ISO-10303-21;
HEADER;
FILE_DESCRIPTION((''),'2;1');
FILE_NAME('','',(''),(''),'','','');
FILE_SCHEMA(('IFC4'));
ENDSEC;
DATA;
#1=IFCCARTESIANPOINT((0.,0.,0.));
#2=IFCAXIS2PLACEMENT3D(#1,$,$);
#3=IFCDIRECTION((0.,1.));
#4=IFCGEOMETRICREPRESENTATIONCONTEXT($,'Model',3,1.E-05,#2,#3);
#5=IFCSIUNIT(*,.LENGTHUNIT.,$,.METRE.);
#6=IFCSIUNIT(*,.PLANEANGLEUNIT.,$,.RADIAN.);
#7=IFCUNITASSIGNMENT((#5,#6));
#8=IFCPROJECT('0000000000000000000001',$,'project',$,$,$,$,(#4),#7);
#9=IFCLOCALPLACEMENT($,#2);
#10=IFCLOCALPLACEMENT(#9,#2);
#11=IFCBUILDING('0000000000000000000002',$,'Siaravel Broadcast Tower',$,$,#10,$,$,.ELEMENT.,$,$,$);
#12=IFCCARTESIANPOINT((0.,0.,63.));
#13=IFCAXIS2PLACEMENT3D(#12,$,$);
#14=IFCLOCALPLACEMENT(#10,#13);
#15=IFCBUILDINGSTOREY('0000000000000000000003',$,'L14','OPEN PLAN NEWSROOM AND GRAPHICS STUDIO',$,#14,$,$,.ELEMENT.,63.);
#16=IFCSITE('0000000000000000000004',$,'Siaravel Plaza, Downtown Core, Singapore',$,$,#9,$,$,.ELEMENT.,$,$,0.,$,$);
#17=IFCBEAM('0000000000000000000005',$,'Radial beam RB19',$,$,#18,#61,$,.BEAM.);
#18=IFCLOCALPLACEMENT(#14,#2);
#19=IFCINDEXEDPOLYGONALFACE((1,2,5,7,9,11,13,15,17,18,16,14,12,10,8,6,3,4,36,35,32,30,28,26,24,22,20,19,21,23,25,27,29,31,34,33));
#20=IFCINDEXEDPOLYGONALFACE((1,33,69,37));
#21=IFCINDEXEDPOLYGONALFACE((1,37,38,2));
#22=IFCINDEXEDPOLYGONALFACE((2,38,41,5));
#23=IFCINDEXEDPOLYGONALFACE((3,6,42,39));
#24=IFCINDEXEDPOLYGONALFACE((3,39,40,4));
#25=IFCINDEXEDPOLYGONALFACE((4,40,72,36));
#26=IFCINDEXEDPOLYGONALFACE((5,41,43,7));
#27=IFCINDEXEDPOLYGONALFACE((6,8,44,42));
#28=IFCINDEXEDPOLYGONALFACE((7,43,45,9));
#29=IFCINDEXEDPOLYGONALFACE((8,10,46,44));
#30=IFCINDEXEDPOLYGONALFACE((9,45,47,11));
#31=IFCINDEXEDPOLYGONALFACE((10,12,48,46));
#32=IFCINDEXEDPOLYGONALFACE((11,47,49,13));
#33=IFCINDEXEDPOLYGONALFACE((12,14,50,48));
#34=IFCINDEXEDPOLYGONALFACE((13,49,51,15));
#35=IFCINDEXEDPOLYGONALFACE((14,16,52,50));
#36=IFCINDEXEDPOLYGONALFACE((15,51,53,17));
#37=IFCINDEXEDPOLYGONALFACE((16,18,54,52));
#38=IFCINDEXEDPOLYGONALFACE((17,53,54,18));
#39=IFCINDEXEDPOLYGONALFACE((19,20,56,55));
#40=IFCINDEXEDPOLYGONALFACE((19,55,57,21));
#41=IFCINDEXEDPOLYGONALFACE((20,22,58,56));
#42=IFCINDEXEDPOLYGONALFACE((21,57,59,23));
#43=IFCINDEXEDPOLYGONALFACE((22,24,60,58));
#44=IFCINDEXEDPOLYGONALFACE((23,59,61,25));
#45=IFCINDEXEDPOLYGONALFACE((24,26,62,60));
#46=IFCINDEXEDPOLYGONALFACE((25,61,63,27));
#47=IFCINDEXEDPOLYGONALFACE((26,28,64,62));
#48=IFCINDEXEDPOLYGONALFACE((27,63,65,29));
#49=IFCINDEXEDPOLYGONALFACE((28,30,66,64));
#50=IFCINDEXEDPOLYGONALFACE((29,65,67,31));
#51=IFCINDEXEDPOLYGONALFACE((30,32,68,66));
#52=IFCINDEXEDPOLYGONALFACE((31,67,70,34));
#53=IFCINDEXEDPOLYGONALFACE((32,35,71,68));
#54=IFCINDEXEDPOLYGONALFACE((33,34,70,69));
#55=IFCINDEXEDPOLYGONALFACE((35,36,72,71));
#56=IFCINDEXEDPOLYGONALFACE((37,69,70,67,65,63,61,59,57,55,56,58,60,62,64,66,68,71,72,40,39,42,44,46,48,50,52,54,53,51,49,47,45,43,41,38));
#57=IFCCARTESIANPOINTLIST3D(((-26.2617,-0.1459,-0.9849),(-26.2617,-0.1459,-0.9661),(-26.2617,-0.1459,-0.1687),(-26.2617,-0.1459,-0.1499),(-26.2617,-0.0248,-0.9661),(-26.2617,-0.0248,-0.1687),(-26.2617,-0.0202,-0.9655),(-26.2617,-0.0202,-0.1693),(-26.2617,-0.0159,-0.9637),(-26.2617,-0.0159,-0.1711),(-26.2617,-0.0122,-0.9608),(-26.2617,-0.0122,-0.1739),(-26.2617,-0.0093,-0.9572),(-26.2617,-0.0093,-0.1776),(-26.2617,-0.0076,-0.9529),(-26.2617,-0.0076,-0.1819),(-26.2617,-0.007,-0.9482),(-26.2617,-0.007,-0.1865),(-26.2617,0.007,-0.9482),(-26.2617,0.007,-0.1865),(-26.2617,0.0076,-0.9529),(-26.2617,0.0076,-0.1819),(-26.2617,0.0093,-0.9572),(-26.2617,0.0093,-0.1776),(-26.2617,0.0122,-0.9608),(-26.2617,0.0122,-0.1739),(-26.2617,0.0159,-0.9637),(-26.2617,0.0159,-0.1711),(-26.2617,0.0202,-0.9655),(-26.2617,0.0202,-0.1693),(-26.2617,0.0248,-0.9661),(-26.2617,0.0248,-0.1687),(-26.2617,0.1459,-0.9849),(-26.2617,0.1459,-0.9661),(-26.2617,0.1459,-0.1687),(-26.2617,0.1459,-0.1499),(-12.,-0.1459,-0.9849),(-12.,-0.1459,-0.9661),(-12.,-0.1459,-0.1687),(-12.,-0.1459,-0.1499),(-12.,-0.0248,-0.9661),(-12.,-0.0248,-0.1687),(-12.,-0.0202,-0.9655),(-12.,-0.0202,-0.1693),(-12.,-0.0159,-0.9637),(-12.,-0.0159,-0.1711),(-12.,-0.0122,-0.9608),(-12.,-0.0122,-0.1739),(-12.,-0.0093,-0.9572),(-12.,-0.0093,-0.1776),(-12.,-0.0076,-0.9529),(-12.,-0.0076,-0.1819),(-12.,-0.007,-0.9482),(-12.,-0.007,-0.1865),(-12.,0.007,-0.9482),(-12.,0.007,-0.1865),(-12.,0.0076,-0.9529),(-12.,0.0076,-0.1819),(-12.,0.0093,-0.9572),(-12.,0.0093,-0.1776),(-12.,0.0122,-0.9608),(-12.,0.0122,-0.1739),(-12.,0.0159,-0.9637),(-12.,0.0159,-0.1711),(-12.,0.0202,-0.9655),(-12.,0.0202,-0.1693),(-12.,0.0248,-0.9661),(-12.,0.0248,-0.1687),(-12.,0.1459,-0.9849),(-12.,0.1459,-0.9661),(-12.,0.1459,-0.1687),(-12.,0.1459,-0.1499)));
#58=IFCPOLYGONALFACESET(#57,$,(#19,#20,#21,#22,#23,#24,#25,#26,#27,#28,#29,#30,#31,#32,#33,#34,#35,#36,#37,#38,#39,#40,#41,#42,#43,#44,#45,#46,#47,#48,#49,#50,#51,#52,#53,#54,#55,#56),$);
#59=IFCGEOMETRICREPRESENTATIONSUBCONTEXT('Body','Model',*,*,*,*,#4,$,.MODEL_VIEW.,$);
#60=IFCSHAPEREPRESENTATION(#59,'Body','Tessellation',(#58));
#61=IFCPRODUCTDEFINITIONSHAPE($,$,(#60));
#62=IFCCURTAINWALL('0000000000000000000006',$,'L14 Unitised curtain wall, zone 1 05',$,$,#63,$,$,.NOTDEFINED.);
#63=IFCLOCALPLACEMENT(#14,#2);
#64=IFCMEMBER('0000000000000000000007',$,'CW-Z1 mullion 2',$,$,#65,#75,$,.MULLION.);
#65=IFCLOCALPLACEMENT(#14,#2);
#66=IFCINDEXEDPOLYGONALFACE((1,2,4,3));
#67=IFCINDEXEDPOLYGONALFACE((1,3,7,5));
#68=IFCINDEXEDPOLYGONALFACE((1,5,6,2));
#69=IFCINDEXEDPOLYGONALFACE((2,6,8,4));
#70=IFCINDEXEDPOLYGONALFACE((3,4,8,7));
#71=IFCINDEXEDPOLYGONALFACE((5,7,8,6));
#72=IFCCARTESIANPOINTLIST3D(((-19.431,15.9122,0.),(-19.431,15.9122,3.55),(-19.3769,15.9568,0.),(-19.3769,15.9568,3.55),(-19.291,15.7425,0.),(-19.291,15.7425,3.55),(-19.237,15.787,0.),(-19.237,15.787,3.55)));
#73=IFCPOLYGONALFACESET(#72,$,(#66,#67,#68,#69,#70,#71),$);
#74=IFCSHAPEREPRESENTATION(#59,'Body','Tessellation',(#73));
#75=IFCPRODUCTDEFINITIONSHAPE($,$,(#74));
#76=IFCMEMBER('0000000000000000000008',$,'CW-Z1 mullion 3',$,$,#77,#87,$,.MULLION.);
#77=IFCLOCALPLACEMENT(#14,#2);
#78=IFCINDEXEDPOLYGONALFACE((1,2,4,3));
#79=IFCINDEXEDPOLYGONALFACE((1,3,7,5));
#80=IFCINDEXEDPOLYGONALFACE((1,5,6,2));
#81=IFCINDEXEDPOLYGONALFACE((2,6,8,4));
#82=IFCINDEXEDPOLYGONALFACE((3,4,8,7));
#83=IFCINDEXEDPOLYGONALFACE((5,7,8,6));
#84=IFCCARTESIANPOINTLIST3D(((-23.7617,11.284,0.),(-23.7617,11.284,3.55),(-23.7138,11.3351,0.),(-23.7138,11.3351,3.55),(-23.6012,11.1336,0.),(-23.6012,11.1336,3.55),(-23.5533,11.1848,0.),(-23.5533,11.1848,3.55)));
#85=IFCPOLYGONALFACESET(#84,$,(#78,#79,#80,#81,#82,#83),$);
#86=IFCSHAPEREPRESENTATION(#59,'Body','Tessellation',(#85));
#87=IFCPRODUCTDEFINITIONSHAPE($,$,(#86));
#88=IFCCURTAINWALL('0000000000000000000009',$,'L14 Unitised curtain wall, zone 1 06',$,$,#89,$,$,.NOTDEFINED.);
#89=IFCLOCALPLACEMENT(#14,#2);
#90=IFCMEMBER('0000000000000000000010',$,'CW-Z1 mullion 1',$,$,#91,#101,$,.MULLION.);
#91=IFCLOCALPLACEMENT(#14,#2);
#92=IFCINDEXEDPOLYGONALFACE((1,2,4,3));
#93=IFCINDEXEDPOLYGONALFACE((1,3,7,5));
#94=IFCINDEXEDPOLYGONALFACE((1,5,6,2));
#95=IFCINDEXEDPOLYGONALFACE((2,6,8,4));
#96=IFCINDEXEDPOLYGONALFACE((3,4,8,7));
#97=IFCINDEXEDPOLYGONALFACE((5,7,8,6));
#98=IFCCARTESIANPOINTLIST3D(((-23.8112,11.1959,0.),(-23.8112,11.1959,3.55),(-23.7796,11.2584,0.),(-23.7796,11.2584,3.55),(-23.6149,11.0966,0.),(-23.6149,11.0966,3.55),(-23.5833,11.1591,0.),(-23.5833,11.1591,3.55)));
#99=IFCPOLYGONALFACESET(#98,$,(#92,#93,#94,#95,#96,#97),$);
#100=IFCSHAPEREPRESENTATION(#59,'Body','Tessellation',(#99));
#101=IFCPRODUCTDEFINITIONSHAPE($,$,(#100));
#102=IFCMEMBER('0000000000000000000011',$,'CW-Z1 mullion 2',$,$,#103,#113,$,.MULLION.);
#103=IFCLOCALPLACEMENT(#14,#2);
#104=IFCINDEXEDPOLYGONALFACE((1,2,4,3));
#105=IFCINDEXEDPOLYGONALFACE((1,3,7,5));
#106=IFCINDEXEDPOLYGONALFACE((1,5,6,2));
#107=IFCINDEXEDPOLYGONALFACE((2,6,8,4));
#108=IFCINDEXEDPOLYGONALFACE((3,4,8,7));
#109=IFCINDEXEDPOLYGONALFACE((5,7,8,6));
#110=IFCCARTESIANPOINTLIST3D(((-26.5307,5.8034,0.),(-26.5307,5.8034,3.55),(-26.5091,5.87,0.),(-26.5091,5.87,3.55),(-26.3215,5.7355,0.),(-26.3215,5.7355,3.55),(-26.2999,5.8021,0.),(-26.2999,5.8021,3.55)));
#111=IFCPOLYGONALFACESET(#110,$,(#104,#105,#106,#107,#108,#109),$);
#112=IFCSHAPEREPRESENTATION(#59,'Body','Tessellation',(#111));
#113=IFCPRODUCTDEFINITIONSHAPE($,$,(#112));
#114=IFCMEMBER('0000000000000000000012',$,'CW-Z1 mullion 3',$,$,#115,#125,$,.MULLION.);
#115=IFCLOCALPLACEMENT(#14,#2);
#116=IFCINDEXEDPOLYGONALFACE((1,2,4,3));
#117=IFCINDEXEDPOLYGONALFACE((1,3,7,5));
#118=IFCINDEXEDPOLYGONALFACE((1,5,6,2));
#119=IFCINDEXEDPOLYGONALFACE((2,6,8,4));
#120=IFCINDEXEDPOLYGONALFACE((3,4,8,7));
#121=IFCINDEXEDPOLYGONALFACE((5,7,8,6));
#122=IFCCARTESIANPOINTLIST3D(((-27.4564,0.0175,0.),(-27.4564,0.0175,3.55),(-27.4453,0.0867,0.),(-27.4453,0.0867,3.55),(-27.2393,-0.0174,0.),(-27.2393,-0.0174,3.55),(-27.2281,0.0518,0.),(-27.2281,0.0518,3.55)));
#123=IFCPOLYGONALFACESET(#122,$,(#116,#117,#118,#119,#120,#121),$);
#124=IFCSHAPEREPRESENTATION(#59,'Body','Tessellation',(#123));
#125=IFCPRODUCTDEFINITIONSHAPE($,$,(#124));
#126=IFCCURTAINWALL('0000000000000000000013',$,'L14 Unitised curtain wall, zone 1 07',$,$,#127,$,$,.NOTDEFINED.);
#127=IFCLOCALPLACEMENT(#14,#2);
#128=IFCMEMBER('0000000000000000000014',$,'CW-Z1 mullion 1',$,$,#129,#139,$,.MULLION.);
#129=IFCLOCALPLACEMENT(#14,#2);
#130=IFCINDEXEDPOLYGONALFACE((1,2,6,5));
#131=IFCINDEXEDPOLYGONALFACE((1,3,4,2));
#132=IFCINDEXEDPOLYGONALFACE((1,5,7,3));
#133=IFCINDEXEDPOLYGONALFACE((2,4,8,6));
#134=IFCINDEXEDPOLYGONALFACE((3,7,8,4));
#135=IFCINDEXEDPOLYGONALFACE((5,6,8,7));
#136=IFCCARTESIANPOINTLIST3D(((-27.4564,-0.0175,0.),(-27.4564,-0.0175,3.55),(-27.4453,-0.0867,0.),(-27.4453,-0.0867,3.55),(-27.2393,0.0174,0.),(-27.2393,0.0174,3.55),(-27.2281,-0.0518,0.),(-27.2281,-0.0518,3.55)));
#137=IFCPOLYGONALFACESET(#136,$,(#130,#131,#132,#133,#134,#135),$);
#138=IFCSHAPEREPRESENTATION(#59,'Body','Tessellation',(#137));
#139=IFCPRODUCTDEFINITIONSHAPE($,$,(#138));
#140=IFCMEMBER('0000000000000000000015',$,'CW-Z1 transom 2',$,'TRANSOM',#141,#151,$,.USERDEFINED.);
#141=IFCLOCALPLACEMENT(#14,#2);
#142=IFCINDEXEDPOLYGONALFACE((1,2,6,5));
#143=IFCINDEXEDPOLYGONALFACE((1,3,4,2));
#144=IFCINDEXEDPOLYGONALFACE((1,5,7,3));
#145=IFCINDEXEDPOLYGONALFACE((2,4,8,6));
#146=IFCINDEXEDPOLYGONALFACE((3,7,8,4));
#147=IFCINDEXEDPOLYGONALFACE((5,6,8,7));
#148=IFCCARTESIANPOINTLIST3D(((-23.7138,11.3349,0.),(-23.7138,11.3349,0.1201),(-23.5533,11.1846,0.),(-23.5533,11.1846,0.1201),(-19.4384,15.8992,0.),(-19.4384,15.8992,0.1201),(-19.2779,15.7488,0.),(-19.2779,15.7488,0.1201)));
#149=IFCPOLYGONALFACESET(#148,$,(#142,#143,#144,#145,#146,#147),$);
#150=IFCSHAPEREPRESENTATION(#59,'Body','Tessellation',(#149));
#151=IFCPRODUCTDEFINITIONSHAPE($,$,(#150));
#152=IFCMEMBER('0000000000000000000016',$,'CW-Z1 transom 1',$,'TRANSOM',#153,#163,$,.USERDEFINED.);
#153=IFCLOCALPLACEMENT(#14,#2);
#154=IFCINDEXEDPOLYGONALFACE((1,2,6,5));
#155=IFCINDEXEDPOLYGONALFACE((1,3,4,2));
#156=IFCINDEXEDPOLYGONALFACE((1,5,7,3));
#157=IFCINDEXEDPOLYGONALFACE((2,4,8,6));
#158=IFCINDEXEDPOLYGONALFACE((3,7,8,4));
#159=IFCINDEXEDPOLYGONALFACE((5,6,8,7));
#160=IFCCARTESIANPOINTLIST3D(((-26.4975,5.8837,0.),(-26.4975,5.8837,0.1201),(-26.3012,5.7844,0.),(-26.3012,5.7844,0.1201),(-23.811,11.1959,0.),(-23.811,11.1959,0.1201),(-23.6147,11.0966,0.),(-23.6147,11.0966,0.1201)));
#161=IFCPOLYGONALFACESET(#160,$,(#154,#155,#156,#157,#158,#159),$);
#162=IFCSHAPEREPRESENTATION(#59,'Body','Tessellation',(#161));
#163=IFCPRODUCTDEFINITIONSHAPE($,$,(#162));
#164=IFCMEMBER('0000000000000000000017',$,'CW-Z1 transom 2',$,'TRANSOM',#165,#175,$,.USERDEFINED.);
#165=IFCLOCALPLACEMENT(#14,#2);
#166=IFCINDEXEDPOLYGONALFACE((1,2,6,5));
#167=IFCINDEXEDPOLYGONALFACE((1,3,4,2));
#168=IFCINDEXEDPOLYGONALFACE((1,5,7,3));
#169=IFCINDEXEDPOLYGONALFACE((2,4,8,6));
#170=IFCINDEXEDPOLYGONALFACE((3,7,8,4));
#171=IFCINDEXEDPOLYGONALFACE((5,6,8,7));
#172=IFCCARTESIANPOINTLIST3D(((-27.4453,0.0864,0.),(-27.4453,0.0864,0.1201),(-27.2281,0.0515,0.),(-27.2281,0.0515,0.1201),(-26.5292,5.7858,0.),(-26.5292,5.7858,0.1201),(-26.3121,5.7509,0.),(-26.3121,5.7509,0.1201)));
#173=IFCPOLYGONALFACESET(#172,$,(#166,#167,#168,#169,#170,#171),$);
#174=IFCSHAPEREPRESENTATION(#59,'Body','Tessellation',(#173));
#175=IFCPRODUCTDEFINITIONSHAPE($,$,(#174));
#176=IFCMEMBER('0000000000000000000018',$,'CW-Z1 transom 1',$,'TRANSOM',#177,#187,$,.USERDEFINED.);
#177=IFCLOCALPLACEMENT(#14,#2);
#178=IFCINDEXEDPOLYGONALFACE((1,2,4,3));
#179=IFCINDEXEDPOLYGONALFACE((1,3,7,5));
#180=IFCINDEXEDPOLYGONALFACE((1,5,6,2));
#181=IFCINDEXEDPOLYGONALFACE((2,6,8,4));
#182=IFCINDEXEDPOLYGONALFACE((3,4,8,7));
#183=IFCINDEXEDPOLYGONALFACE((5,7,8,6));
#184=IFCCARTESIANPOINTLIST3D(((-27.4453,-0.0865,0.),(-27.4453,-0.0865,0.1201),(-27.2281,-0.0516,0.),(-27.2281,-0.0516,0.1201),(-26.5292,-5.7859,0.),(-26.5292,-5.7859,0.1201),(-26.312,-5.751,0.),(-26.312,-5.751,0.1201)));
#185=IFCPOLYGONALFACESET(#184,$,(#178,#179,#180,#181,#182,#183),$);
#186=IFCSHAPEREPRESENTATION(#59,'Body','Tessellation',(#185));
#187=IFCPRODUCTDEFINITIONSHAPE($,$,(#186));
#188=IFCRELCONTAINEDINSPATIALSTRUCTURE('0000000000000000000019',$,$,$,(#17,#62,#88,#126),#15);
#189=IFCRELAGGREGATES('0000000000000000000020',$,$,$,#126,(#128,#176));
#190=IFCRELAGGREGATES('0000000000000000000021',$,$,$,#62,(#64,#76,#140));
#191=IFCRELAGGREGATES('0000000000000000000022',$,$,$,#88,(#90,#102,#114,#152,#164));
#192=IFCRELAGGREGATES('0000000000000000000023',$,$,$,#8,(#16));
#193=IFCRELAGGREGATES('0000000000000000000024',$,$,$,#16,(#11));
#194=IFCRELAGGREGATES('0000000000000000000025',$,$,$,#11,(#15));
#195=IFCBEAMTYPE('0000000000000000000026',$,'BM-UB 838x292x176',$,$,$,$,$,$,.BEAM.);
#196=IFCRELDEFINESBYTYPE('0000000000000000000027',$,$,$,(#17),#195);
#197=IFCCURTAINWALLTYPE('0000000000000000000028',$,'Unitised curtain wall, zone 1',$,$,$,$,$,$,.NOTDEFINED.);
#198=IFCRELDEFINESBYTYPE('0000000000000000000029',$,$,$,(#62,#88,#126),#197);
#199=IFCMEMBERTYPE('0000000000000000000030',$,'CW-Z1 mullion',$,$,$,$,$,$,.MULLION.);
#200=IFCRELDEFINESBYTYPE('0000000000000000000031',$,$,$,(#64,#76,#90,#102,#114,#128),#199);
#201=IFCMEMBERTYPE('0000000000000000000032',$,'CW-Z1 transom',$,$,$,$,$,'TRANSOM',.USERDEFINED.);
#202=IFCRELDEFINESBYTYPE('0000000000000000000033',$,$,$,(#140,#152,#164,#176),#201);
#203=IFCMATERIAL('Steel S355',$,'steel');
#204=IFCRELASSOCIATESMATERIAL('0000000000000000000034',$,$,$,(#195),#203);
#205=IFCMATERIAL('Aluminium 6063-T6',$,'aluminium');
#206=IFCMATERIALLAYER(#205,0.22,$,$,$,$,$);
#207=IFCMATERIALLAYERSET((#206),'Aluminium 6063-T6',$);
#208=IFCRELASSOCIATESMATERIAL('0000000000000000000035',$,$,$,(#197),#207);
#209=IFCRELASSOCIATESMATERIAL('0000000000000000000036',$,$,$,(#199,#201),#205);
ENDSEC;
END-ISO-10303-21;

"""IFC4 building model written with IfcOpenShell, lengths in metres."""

from ifc_helpers import new_model, si_unit, direction, frame, origin, origin_2d, place, context, subcontext, project, spatial, rectangle, i_section, extrude, material, layer, layer_set, material_profile, profile_set, type_object, element, aggregate, save


model = new_model("IFC4")

# Units and contexts
model_context = context("Model", 3, precision=1e-05, world=origin(), true_north=direction((0.0, 1.0)))
body_context = subcontext(model_context, "Body", "Model", "MODEL_VIEW")
ifc_project = project(units=[si_unit("LENGTHUNIT", "METRE"), si_unit("PLANEANGLEUNIT", "RADIAN")], contexts=[model_context])

# Site, building, storey
site_placement = place(None, origin())
site = spatial("IfcSite", under=ifc_project, at=site_placement, Name="Siaravel Plaza, Downtown Core, Singapore", CompositionType="ELEMENT", RefElevation=0.0)
building_placement = place(site_placement, origin())
building = spatial("IfcBuilding", under=site, at=building_placement, Name="Siaravel Broadcast Tower", CompositionType="ELEMENT")
storey_placement = place(building_placement, frame((0.0, 0.0, 63.0)))
storey = spatial("IfcBuildingStorey", under=building, at=storey_placement, Name="L14", Description="OPEN PLAN NEWSROOM AND GRAPHICS STUDIO", CompositionType="ELEMENT", Elevation=63.0)

# Beam
ifc_material_1 = material(Name="Steel S355", Category="steel")
ifc_material_profile_1 = material_profile(ifc_material_1, i_section(OverallWidth=0.2917, OverallDepth=0.835, WebThickness=0.0139, FlangeThickness=0.0188, FilletRadius=0.0178, at=origin_2d()))
ifc_profile_set_1 = profile_set([ifc_material_profile_1], Name="Steel S355")
beam_type = type_object("IfcBeamType", Name="BM-UB 838x292x176", PredefinedType="BEAM", material=ifc_profile_set_1)
beam_1_placement = place(storey_placement, frame((-26.2617, 0.0, -0.5674), z_axis=(1.0, 0.0, 0.0), x_axis=(0.0, 1.0, 0.0)))
element("IfcBeam", 1, at=beam_1_placement, inside=storey, type_object=beam_type, Name="Radial beam RB19", PredefinedType="BEAM", context=body_context, shape_type="SweptSolid", body=[
    extrude(i_section(OverallWidth=0.2917, OverallDepth=0.835, WebThickness=0.0139, FlangeThickness=0.0188, FilletRadius=0.0178, at=origin_2d()), origin(), (0.0, 0.0, 1.0), 14.2617),
])

# Curtain walls, members
ifc_material_2 = material(Name="Aluminium 6063-T6", Category="aluminium")
ifc_layer_1 = layer(ifc_material_2, 0.22)
ifc_layer_set_1 = layer_set([ifc_layer_1], Name="Aluminium 6063-T6")
curtain_wall_type = type_object("IfcCurtainWallType", Name="Unitised curtain wall, zone 1", PredefinedType="NOTDEFINED", material=ifc_layer_set_1)
curtain_wall_1_placement = place(storey_placement, origin())
curtain_wall_1 = element("IfcCurtainWall", 2, at=curtain_wall_1_placement, inside=storey, type_object=curtain_wall_type, Name="L14 Unitised curtain wall, zone 1 05", PredefinedType="NOTDEFINED")
ifc_material_profile_2 = material_profile(ifc_material_2, rectangle(XDim=0.22, YDim=0.0701, at=origin_2d()))
ifc_profile_set_2 = profile_set([ifc_material_profile_2], Name="Aluminium 6063-T6")
member_type_1 = type_object("IfcMemberType", Name="CW-Z1 mullion", PredefinedType="MULLION", material=ifc_profile_set_2)
member_1_placement = place(storey_placement, frame((-19.334, 15.8496, 0.0), z_axis=(0.0, 0.0, 1.0), x_axis=(0.636217, -0.77151, 0.0)))
member_1 = element("IfcMember", 3, at=member_1_placement, type_object=member_type_1, Name="CW-Z1 mullion 2", PredefinedType="MULLION", context=body_context, shape_type="SweptSolid", body=[
    extrude(rectangle(XDim=0.22, YDim=0.0701, at=origin_2d()), origin(), (0.0, 0.0, 1.0), 3.55),
])
member_2_placement = place(storey_placement, frame((-23.6575, 11.2344, 0.0), z_axis=(0.0, 0.0, 1.0), x_axis=(0.729804, -0.683657, 0.0)))
member_2 = element("IfcMember", 4, at=member_2_placement, type_object=member_type_1, Name="CW-Z1 mullion 3", PredefinedType="MULLION", context=body_context, shape_type="SweptSolid", body=[
    extrude(rectangle(XDim=0.22, YDim=0.0701, at=origin_2d()), origin(), (0.0, 0.0, 1.0), 3.55),
])
curtain_wall_2_placement = place(storey_placement, origin())
curtain_wall_2 = element("IfcCurtainWall", 5, at=curtain_wall_2_placement, inside=storey, type_object=curtain_wall_type, Name="L14 Unitised curtain wall, zone 1 06", PredefinedType="NOTDEFINED")
member_3_placement = place(storey_placement, frame((-23.6973, 11.1775, 0.0), z_axis=(0.0, 0.0, 1.0), x_axis=(0.892391, -0.451262, 0.0)))
member_3 = element("IfcMember", 6, at=member_3_placement, type_object=member_type_1, Name="CW-Z1 mullion 1", PredefinedType="MULLION", context=body_context, shape_type="SweptSolid", body=[
    extrude(rectangle(XDim=0.22, YDim=0.0701, at=origin_2d()), origin(), (0.0, 0.0, 1.0), 3.55),
])
member_4_placement = place(storey_placement, frame((-26.4153, 5.8027, 0.0), z_axis=(0.0, 0.0, 1.0), x_axis=(0.951177, -0.308646, 0.0)))
member_4 = element("IfcMember", 7, at=member_4_placement, type_object=member_type_1, Name="CW-Z1 mullion 2", PredefinedType="MULLION", context=body_context, shape_type="SweptSolid", body=[
    extrude(rectangle(XDim=0.22, YDim=0.0701, at=origin_2d()), origin(), (0.0, 0.0, 1.0), 3.55),
])
member_5_placement = place(storey_placement, frame((-27.3423, 0.0347, 0.0), z_axis=(0.0, 0.0, 1.0), x_axis=(0.987329, -0.158686, 0.0)))
member_5 = element("IfcMember", 8, at=member_5_placement, type_object=member_type_1, Name="CW-Z1 mullion 3", PredefinedType="MULLION", context=body_context, shape_type="SweptSolid", body=[
    extrude(rectangle(XDim=0.22, YDim=0.0701, at=origin_2d()), origin(), (0.0, 0.0, 1.0), 3.55),
])

# Curtain wall, member
curtain_wall_3_placement = place(storey_placement, origin())
curtain_wall_3 = element("IfcCurtainWall", 9, at=curtain_wall_3_placement, inside=storey, type_object=curtain_wall_type, Name="L14 Unitised curtain wall, zone 1 07", PredefinedType="NOTDEFINED")
member_6_placement = place(storey_placement, frame((-27.3423, -0.0347, 0.0), z_axis=(0.0, 0.0, 1.0), x_axis=(0.987329, 0.158686, 0.0)))
member_6 = element("IfcMember", 10, at=member_6_placement, type_object=member_type_1, Name="CW-Z1 mullion 1", PredefinedType="MULLION", context=body_context, shape_type="SweptSolid", body=[
    extrude(rectangle(XDim=0.22, YDim=0.0701, at=origin_2d()), origin(), (0.0, 0.0, 1.0), 3.55),
])

# Members
ifc_material_profile_3 = material_profile(ifc_material_2, rectangle(XDim=0.22, YDim=0.1201, at=origin_2d()))
ifc_profile_set_3 = profile_set([ifc_material_profile_3], Name="Aluminium 6063-T6")
member_type_2 = type_object("IfcMemberType", Name="CW-Z1 transom", ElementType="TRANSOM", PredefinedType="USERDEFINED", material=ifc_profile_set_3)
member_7_placement = place(storey_placement, frame((-19.3582, 15.824, 0.0601), z_axis=(-0.683639, -0.729821, 0.0), x_axis=(0.729821, -0.683639, 0.0)))
member_7 = element("IfcMember", 11, at=member_7_placement, type_object=member_type_2, Name="CW-Z1 transom 2", ObjectType="TRANSOM", PredefinedType="USERDEFINED", context=body_context, shape_type="SweptSolid", body=[
    extrude(rectangle(XDim=0.22, YDim=0.1201, at=origin_2d()), origin(), (0.0, 0.0, 1.0), 6.2539),
])
member_8_placement = place(storey_placement, frame((-23.7129, 11.1462, 0.0601), z_axis=(-0.451294, -0.892375, 0.0), x_axis=(0.892375, -0.451294, 0.0)))
member_8 = element("IfcMember", 12, at=member_8_placement, type_object=member_type_2, Name="CW-Z1 transom 1", ObjectType="TRANSOM", PredefinedType="USERDEFINED", context=body_context, shape_type="SweptSolid", body=[
    extrude(rectangle(XDim=0.22, YDim=0.1201, at=origin_2d()), origin(), (0.0, 0.0, 1.0), 5.9529),
])
member_9_placement = place(storey_placement, frame((-26.4207, 5.7683, 0.0601), z_axis=(-0.15869, -0.987328, 0.0), x_axis=(0.987328, -0.15869, 0.0)))
member_9 = element("IfcMember", 13, at=member_9_placement, type_object=member_type_2, Name="CW-Z1 transom 2", ObjectType="TRANSOM", PredefinedType="USERDEFINED", context=body_context, shape_type="SweptSolid", body=[
    extrude(rectangle(XDim=0.22, YDim=0.1201, at=origin_2d()), origin(), (0.0, 0.0, 1.0), 5.7725),
])
member_10_placement = place(storey_placement, frame((-27.3367, -0.0691, 0.0601), z_axis=(0.15869, -0.987328, 0.0), x_axis=(0.987328, 0.15869, 0.0)))
member_10 = element("IfcMember", 14, at=member_10_placement, type_object=member_type_2, Name="CW-Z1 transom 1", ObjectType="TRANSOM", PredefinedType="USERDEFINED", context=body_context, shape_type="SweptSolid", body=[
    extrude(rectangle(XDim=0.22, YDim=0.1201, at=origin_2d()), origin(), (0.0, 0.0, 1.0), 5.7725),
])
aggregate(curtain_wall_3, [member_6, member_10])

aggregate(curtain_wall_1, [member_1, member_2, member_7])
aggregate(curtain_wall_2, [member_3, member_4, member_5, member_8, member_9])

save(model, "model.ifc")
